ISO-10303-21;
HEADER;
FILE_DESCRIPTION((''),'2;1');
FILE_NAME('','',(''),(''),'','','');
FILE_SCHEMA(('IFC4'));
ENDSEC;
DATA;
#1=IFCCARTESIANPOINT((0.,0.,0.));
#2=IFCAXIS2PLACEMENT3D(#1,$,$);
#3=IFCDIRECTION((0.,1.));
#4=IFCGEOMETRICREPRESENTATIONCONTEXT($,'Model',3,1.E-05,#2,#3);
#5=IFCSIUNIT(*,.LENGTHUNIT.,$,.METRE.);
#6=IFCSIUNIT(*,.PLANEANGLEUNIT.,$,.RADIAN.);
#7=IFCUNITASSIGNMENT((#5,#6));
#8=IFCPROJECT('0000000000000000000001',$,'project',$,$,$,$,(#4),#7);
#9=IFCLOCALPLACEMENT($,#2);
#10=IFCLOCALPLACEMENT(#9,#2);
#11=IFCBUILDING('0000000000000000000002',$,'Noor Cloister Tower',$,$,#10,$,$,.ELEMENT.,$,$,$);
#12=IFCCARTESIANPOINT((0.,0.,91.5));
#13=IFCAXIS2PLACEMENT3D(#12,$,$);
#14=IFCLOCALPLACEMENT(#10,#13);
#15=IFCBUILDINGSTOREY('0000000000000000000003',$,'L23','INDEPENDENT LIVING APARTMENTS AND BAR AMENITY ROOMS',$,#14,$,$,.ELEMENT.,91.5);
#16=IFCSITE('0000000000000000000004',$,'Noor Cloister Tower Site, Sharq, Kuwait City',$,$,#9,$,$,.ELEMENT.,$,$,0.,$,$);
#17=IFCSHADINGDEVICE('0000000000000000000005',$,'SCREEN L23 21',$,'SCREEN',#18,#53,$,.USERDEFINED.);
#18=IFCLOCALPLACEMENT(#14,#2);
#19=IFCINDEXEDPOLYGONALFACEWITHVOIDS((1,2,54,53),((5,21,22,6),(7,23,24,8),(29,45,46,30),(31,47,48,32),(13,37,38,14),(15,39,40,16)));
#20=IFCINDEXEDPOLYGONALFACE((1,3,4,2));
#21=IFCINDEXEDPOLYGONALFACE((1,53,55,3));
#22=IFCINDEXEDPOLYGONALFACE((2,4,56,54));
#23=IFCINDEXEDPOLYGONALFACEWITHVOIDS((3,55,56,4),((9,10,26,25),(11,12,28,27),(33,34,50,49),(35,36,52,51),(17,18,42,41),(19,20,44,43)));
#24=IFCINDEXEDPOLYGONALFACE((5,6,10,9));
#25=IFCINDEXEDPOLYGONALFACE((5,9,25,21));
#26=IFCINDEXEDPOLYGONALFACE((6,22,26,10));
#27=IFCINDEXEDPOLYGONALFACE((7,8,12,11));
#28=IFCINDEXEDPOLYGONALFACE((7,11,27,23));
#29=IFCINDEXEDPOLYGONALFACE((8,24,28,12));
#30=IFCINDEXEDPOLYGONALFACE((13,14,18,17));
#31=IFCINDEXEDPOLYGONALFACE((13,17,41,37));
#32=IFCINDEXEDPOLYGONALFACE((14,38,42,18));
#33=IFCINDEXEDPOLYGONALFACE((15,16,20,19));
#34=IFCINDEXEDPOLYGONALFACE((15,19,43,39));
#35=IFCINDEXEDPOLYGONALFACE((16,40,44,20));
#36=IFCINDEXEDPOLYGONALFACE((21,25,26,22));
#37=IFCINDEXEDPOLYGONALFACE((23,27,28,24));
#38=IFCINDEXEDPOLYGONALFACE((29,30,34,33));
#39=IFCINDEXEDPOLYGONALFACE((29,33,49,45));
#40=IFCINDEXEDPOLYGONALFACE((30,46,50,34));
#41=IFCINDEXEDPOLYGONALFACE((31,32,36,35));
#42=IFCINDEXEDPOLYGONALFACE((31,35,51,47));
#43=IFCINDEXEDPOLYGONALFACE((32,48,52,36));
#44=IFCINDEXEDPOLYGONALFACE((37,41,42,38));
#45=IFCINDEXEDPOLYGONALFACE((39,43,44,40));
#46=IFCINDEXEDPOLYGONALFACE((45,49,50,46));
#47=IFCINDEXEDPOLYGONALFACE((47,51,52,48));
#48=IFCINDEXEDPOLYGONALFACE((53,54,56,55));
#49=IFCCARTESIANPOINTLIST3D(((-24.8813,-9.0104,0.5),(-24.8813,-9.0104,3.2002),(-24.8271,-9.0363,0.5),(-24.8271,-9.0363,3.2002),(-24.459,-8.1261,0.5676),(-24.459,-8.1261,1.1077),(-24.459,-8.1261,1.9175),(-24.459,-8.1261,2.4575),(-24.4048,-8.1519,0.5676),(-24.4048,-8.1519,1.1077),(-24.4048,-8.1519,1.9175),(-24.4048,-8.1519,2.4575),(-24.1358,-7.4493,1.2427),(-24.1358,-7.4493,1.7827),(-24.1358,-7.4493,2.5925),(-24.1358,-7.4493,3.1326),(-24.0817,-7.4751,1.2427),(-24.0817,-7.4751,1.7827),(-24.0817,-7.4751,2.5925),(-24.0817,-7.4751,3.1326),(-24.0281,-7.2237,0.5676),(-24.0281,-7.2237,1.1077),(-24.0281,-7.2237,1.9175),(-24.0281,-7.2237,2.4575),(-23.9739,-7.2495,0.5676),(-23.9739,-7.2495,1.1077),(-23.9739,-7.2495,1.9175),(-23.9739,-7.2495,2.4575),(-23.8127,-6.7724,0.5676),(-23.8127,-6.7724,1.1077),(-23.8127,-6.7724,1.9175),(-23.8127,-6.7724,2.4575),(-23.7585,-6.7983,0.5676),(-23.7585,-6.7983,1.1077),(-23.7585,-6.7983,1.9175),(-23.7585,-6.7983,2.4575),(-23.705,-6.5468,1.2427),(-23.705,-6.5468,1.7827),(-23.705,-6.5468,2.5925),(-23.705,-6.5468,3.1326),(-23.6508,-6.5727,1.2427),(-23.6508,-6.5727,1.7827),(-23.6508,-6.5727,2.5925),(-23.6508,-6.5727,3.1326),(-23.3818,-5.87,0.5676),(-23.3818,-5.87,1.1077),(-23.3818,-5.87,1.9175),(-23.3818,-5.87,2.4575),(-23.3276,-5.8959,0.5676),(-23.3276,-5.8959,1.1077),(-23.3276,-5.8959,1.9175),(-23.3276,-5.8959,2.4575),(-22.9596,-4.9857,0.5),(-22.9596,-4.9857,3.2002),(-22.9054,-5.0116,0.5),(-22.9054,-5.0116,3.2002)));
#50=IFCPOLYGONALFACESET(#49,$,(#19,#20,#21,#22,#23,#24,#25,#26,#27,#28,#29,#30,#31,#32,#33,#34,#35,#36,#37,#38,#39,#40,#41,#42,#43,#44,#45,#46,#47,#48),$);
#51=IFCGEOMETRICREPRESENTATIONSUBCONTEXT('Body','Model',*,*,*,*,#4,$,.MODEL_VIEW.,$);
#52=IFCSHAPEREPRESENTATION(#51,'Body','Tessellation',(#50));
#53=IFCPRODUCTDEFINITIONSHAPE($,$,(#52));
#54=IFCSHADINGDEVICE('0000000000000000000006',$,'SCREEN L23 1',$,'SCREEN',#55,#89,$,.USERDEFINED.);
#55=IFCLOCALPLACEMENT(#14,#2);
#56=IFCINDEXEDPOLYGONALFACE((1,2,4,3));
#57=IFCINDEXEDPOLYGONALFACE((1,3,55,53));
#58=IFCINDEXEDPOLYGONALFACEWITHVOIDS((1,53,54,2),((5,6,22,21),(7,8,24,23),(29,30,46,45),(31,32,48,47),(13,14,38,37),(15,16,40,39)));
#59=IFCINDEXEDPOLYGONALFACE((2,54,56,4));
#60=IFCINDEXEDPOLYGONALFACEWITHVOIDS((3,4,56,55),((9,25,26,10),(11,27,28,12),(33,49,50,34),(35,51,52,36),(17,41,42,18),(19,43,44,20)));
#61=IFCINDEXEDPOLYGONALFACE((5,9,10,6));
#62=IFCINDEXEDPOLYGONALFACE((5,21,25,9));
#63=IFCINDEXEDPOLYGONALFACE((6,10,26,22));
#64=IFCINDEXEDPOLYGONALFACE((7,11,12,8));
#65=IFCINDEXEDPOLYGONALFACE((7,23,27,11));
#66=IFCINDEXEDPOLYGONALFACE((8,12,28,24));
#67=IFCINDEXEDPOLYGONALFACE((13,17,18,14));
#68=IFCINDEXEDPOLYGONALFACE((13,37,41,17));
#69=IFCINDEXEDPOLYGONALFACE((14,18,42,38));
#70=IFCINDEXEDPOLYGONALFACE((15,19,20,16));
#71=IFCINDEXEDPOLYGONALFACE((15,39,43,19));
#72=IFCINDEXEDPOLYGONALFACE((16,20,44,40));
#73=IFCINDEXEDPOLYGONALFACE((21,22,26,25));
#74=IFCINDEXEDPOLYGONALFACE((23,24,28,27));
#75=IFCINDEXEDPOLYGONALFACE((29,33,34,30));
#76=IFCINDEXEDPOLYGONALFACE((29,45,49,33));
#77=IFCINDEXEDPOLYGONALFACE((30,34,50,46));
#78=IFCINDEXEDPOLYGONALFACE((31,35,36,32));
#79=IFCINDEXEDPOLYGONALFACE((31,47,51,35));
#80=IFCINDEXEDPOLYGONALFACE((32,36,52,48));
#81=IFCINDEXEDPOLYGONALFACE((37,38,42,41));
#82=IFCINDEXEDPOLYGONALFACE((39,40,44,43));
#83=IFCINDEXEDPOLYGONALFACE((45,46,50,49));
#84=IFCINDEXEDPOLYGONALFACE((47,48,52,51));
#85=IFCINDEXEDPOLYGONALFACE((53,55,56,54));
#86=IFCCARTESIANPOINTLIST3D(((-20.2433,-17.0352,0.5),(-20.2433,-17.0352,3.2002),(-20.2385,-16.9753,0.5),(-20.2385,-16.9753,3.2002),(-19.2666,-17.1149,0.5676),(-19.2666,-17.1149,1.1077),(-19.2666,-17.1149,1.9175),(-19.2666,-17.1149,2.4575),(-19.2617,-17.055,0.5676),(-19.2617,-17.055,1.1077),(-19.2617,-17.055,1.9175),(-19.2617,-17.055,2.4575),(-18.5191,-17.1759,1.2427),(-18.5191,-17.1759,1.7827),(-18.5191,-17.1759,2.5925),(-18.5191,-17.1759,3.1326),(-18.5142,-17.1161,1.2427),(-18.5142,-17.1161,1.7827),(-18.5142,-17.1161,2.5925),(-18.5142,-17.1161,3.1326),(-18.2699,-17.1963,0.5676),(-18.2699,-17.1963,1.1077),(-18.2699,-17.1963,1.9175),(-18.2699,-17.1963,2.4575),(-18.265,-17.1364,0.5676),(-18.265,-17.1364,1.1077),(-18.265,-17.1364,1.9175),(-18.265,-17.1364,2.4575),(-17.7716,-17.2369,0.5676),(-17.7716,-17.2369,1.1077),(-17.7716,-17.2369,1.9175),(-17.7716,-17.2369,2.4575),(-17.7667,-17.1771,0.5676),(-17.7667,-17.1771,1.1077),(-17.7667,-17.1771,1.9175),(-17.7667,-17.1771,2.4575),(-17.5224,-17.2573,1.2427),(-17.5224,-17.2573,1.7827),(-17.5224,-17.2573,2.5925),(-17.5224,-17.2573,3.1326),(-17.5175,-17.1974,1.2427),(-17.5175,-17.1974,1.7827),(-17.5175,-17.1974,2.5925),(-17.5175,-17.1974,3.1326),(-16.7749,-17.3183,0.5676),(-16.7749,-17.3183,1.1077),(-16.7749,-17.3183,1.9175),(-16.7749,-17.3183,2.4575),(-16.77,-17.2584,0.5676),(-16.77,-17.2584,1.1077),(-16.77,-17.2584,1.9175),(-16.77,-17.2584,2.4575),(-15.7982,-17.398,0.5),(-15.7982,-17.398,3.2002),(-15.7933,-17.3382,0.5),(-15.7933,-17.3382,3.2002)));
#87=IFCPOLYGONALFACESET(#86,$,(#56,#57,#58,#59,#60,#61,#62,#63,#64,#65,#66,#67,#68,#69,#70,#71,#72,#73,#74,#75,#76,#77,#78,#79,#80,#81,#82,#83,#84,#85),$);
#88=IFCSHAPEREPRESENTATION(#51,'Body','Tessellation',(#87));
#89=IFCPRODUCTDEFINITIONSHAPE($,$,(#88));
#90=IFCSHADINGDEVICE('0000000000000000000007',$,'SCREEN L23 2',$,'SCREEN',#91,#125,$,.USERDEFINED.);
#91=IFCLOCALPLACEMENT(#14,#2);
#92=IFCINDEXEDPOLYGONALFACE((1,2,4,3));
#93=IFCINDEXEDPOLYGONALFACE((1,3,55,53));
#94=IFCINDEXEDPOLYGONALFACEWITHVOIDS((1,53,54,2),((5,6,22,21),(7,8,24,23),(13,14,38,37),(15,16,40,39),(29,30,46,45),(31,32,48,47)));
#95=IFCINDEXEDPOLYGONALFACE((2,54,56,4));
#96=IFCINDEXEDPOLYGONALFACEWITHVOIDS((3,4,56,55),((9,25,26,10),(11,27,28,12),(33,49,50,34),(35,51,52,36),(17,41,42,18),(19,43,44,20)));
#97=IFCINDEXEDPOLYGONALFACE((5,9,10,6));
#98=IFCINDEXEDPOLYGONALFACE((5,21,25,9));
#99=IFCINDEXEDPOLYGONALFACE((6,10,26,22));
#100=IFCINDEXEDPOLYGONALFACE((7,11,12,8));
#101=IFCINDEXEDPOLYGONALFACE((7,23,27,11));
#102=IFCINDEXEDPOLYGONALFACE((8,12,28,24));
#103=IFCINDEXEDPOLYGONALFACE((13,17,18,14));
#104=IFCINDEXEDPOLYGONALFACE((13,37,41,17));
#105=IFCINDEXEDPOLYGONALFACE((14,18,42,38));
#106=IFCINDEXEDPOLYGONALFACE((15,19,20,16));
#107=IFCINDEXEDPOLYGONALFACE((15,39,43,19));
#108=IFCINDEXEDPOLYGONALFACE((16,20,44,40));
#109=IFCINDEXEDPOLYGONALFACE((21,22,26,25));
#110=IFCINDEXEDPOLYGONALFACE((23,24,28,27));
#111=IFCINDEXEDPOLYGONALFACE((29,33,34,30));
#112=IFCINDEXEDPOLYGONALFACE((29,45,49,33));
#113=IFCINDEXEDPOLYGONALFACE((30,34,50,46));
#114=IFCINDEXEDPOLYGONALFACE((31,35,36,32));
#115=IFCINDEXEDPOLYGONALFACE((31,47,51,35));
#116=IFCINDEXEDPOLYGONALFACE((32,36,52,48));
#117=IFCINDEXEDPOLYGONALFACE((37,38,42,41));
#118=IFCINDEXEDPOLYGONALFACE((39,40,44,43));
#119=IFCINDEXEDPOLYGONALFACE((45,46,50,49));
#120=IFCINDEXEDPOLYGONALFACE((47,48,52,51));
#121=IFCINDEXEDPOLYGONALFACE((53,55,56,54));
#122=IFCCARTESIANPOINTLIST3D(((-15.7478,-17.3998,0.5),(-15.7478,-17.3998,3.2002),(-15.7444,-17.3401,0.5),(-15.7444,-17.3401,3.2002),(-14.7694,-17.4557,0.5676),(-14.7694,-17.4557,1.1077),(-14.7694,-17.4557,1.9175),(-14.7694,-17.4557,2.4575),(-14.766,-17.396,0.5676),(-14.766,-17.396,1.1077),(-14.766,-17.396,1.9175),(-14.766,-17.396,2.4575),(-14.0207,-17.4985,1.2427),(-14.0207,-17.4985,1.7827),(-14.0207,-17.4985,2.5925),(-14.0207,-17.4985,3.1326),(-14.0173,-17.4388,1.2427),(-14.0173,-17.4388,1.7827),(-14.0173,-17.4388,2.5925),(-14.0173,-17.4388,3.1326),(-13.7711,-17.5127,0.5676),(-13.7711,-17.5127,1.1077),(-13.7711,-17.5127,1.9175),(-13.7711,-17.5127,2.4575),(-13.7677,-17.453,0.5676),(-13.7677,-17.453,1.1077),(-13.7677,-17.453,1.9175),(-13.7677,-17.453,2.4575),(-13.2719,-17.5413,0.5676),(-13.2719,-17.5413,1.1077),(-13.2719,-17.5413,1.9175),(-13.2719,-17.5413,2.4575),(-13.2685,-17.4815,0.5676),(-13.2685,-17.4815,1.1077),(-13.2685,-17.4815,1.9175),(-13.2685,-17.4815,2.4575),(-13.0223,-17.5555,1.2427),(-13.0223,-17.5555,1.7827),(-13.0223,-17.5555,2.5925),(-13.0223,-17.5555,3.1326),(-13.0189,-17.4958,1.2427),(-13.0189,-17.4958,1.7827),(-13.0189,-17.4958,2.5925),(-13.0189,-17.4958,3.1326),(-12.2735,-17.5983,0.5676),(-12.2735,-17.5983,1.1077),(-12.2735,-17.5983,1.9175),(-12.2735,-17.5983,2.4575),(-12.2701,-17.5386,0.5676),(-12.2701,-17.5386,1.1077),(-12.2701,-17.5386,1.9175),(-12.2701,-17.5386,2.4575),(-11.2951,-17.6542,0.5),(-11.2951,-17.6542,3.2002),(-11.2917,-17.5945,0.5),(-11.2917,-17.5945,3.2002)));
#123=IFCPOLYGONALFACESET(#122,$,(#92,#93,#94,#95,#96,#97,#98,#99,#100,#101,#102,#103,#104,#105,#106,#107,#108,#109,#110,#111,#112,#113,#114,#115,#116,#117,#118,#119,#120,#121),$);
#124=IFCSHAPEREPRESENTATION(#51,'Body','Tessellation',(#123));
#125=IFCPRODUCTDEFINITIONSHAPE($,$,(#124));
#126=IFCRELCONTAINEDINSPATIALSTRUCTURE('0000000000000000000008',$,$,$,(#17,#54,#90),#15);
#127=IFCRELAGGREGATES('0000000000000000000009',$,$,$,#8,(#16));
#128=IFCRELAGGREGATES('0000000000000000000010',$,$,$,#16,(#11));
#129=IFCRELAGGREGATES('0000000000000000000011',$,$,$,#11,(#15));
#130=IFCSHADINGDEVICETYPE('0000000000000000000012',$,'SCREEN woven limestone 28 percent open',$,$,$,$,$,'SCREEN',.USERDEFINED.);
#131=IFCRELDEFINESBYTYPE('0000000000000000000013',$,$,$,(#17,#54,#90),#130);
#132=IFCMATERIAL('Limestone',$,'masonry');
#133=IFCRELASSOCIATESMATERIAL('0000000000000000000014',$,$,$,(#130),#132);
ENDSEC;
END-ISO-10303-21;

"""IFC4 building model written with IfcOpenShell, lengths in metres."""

from ifc_helpers import new_model, si_unit, direction, frame, origin, place, context, subcontext, project, spatial, polyline, outline, extrude, material, material_profile, profile_set, type_object, element, save


model = new_model("IFC4")

# Units and contexts
model_context = context("Model", 3, precision=1e-05, world=origin(), true_north=direction((0.0, 1.0)))
body_context = subcontext(model_context, "Body", "Model", "MODEL_VIEW")
ifc_project = project(units=[si_unit("LENGTHUNIT", "METRE"), si_unit("PLANEANGLEUNIT", "RADIAN")], contexts=[model_context])

# Site, building, storey
site_placement = place(None, origin())
site = spatial("IfcSite", under=ifc_project, at=site_placement, Name="Noor Cloister Tower Site, Sharq, Kuwait City", CompositionType="ELEMENT", RefElevation=0.0)
building_placement = place(site_placement, origin())
building = spatial("IfcBuilding", under=site, at=building_placement, Name="Noor Cloister Tower", CompositionType="ELEMENT")
storey_placement = place(building_placement, frame((0.0, 0.0, 91.5)))
storey = spatial("IfcBuildingStorey", under=building, at=storey_placement, Name="L23", Description="INDEPENDENT LIVING APARTMENTS AND BAR AMENITY ROOMS", CompositionType="ELEMENT", Elevation=91.5)

# Shading devices
ifc_material_1 = material(Name="Limestone", Category="masonry")
ifc_material_profile_1 = material_profile(ifc_material_1, outline(polyline([(-2.23, -1.3501), (2.23, -1.3501), (2.23, 1.3501), (-2.23, 1.3501), (-2.23, -1.3501)]), holes=[polyline([(-1.25, -1.2825), (-0.25, -1.2825), (-0.25, -0.7424), (-1.25, -0.7424), (-1.25, -1.2825)]), polyline([(0.25, -1.2825), (1.25, -1.2825), (1.25, -0.7424), (0.25, -0.7424), (0.25, -1.2825)]), polyline([(-0.5, -0.6074), (0.5, -0.6074), (0.5, -0.0674), (-0.5, -0.0674), (-0.5, -0.6074)]), polyline([(-1.25, 0.0674), (-0.25, 0.0674), (-0.25, 0.6074), (-1.25, 0.6074), (-1.25, 0.0674)]), polyline([(0.25, 0.0674), (1.25, 0.0674), (1.25, 0.6074), (0.25, 0.6074), (0.25, 0.0674)]), polyline([(-0.5, 0.7424), (0.5, 0.7424), (0.5, 1.2825), (-0.5, 1.2825), (-0.5, 0.7424)])]), Name="Woven screen 28 percent open")
ifc_profile_set_1 = profile_set([ifc_material_profile_1], Name="Limestone")
shading_device_type = type_object("IfcShadingDeviceType", Name="SCREEN woven limestone 28 percent open", ElementType="SCREEN", PredefinedType="USERDEFINED", material=ifc_profile_set_1)
for number, where, z_axis, x_axis, name in (
    (1, (-23.8662, -7.0239, 1.8501), (-0.902409, 0.43088, 0.0), (-0.43088, -0.902409, 0.0), "SCREEN L23 21"),
    (2, (-18.0159, -17.1567, 1.8501), (-0.081362, -0.996685, 0.0), (0.996685, -0.081362, 0.0), "SCREEN L23 1"),
):
    element("IfcShadingDevice", number, at=place(storey_placement, frame(where, z_axis=z_axis, x_axis=x_axis)), inside=storey, type_object=shading_device_type, Name=name, ObjectType="SCREEN", PredefinedType="USERDEFINED", context=body_context, shape_type="SweptSolid", body=[
        extrude(outline(polyline([(-2.23, -1.3501), (2.23, -1.3501), (2.23, 1.3501), (-2.23, 1.3501), (-2.23, -1.3501)]), holes=[polyline([(-1.25, -1.2825), (-0.25, -1.2825), (-0.25, -0.7424), (-1.25, -0.7424), (-1.25, -1.2825)]), polyline([(0.25, -1.2825), (1.25, -1.2825), (1.25, -0.7424), (0.25, -0.7424), (0.25, -1.2825)]), polyline([(-0.5, -0.6074), (0.5, -0.6074), (0.5, -0.0674), (-0.5, -0.0674), (-0.5, -0.6074)]), polyline([(-1.25, 0.0674), (-0.25, 0.0674), (-0.25, 0.6074), (-1.25, 0.6074), (-1.25, 0.0674)]), polyline([(0.25, 0.0674), (1.25, 0.0674), (1.25, 0.6074), (0.25, 0.6074), (0.25, 0.0674)]), polyline([(-0.5, 0.7424), (0.5, 0.7424), (0.5, 1.2825), (-0.5, 1.2825), (-0.5, 0.7424)])]), origin(), (0.0, 0.0, 1.0), 0.0601),
    ])
shading_device_placement = place(storey_placement, frame((-13.5181, -17.4673, 1.8501), z_axis=(-0.05705, -0.998371, 0.0), x_axis=(0.998371, -0.05705, 0.0)))
element("IfcShadingDevice", 3, at=shading_device_placement, inside=storey, type_object=shading_device_type, Name="SCREEN L23 2", ObjectType="SCREEN", PredefinedType="USERDEFINED", context=body_context, shape_type="SweptSolid", body=[
    extrude(outline(polyline([(-2.23, -1.3501), (2.23, -1.3501), (2.23, 1.3501), (-2.23, 1.3501), (-2.23, -1.3501)]), holes=[polyline([(-1.25, -1.2825), (-0.25, -1.2825), (-0.25, -0.7424), (-1.25, -0.7424), (-1.25, -1.2825)]), polyline([(0.25, -1.2825), (1.25, -1.2825), (1.25, -0.7424), (0.25, -0.7424), (0.25, -1.2825)]), polyline([(-0.5, -0.6074), (0.5, -0.6074), (0.5, -0.0674), (-0.5, -0.0674), (-0.5, -0.6074)]), polyline([(-1.25, 0.0674), (-0.25, 0.0674), (-0.25, 0.6074), (-1.25, 0.6074), (-1.25, 0.0674)]), polyline([(0.25, 0.0674), (1.25, 0.0674), (1.25, 0.6074), (0.25, 0.6074), (0.25, 0.0674)]), polyline([(-0.5, 0.7424), (0.5, 0.7424), (0.5, 1.2825), (-0.5, 1.2825), (-0.5, 0.7424)])]), origin(), (0.0, 0.0, 1.0), 0.0598),
])

save(model, "model.ifc")
